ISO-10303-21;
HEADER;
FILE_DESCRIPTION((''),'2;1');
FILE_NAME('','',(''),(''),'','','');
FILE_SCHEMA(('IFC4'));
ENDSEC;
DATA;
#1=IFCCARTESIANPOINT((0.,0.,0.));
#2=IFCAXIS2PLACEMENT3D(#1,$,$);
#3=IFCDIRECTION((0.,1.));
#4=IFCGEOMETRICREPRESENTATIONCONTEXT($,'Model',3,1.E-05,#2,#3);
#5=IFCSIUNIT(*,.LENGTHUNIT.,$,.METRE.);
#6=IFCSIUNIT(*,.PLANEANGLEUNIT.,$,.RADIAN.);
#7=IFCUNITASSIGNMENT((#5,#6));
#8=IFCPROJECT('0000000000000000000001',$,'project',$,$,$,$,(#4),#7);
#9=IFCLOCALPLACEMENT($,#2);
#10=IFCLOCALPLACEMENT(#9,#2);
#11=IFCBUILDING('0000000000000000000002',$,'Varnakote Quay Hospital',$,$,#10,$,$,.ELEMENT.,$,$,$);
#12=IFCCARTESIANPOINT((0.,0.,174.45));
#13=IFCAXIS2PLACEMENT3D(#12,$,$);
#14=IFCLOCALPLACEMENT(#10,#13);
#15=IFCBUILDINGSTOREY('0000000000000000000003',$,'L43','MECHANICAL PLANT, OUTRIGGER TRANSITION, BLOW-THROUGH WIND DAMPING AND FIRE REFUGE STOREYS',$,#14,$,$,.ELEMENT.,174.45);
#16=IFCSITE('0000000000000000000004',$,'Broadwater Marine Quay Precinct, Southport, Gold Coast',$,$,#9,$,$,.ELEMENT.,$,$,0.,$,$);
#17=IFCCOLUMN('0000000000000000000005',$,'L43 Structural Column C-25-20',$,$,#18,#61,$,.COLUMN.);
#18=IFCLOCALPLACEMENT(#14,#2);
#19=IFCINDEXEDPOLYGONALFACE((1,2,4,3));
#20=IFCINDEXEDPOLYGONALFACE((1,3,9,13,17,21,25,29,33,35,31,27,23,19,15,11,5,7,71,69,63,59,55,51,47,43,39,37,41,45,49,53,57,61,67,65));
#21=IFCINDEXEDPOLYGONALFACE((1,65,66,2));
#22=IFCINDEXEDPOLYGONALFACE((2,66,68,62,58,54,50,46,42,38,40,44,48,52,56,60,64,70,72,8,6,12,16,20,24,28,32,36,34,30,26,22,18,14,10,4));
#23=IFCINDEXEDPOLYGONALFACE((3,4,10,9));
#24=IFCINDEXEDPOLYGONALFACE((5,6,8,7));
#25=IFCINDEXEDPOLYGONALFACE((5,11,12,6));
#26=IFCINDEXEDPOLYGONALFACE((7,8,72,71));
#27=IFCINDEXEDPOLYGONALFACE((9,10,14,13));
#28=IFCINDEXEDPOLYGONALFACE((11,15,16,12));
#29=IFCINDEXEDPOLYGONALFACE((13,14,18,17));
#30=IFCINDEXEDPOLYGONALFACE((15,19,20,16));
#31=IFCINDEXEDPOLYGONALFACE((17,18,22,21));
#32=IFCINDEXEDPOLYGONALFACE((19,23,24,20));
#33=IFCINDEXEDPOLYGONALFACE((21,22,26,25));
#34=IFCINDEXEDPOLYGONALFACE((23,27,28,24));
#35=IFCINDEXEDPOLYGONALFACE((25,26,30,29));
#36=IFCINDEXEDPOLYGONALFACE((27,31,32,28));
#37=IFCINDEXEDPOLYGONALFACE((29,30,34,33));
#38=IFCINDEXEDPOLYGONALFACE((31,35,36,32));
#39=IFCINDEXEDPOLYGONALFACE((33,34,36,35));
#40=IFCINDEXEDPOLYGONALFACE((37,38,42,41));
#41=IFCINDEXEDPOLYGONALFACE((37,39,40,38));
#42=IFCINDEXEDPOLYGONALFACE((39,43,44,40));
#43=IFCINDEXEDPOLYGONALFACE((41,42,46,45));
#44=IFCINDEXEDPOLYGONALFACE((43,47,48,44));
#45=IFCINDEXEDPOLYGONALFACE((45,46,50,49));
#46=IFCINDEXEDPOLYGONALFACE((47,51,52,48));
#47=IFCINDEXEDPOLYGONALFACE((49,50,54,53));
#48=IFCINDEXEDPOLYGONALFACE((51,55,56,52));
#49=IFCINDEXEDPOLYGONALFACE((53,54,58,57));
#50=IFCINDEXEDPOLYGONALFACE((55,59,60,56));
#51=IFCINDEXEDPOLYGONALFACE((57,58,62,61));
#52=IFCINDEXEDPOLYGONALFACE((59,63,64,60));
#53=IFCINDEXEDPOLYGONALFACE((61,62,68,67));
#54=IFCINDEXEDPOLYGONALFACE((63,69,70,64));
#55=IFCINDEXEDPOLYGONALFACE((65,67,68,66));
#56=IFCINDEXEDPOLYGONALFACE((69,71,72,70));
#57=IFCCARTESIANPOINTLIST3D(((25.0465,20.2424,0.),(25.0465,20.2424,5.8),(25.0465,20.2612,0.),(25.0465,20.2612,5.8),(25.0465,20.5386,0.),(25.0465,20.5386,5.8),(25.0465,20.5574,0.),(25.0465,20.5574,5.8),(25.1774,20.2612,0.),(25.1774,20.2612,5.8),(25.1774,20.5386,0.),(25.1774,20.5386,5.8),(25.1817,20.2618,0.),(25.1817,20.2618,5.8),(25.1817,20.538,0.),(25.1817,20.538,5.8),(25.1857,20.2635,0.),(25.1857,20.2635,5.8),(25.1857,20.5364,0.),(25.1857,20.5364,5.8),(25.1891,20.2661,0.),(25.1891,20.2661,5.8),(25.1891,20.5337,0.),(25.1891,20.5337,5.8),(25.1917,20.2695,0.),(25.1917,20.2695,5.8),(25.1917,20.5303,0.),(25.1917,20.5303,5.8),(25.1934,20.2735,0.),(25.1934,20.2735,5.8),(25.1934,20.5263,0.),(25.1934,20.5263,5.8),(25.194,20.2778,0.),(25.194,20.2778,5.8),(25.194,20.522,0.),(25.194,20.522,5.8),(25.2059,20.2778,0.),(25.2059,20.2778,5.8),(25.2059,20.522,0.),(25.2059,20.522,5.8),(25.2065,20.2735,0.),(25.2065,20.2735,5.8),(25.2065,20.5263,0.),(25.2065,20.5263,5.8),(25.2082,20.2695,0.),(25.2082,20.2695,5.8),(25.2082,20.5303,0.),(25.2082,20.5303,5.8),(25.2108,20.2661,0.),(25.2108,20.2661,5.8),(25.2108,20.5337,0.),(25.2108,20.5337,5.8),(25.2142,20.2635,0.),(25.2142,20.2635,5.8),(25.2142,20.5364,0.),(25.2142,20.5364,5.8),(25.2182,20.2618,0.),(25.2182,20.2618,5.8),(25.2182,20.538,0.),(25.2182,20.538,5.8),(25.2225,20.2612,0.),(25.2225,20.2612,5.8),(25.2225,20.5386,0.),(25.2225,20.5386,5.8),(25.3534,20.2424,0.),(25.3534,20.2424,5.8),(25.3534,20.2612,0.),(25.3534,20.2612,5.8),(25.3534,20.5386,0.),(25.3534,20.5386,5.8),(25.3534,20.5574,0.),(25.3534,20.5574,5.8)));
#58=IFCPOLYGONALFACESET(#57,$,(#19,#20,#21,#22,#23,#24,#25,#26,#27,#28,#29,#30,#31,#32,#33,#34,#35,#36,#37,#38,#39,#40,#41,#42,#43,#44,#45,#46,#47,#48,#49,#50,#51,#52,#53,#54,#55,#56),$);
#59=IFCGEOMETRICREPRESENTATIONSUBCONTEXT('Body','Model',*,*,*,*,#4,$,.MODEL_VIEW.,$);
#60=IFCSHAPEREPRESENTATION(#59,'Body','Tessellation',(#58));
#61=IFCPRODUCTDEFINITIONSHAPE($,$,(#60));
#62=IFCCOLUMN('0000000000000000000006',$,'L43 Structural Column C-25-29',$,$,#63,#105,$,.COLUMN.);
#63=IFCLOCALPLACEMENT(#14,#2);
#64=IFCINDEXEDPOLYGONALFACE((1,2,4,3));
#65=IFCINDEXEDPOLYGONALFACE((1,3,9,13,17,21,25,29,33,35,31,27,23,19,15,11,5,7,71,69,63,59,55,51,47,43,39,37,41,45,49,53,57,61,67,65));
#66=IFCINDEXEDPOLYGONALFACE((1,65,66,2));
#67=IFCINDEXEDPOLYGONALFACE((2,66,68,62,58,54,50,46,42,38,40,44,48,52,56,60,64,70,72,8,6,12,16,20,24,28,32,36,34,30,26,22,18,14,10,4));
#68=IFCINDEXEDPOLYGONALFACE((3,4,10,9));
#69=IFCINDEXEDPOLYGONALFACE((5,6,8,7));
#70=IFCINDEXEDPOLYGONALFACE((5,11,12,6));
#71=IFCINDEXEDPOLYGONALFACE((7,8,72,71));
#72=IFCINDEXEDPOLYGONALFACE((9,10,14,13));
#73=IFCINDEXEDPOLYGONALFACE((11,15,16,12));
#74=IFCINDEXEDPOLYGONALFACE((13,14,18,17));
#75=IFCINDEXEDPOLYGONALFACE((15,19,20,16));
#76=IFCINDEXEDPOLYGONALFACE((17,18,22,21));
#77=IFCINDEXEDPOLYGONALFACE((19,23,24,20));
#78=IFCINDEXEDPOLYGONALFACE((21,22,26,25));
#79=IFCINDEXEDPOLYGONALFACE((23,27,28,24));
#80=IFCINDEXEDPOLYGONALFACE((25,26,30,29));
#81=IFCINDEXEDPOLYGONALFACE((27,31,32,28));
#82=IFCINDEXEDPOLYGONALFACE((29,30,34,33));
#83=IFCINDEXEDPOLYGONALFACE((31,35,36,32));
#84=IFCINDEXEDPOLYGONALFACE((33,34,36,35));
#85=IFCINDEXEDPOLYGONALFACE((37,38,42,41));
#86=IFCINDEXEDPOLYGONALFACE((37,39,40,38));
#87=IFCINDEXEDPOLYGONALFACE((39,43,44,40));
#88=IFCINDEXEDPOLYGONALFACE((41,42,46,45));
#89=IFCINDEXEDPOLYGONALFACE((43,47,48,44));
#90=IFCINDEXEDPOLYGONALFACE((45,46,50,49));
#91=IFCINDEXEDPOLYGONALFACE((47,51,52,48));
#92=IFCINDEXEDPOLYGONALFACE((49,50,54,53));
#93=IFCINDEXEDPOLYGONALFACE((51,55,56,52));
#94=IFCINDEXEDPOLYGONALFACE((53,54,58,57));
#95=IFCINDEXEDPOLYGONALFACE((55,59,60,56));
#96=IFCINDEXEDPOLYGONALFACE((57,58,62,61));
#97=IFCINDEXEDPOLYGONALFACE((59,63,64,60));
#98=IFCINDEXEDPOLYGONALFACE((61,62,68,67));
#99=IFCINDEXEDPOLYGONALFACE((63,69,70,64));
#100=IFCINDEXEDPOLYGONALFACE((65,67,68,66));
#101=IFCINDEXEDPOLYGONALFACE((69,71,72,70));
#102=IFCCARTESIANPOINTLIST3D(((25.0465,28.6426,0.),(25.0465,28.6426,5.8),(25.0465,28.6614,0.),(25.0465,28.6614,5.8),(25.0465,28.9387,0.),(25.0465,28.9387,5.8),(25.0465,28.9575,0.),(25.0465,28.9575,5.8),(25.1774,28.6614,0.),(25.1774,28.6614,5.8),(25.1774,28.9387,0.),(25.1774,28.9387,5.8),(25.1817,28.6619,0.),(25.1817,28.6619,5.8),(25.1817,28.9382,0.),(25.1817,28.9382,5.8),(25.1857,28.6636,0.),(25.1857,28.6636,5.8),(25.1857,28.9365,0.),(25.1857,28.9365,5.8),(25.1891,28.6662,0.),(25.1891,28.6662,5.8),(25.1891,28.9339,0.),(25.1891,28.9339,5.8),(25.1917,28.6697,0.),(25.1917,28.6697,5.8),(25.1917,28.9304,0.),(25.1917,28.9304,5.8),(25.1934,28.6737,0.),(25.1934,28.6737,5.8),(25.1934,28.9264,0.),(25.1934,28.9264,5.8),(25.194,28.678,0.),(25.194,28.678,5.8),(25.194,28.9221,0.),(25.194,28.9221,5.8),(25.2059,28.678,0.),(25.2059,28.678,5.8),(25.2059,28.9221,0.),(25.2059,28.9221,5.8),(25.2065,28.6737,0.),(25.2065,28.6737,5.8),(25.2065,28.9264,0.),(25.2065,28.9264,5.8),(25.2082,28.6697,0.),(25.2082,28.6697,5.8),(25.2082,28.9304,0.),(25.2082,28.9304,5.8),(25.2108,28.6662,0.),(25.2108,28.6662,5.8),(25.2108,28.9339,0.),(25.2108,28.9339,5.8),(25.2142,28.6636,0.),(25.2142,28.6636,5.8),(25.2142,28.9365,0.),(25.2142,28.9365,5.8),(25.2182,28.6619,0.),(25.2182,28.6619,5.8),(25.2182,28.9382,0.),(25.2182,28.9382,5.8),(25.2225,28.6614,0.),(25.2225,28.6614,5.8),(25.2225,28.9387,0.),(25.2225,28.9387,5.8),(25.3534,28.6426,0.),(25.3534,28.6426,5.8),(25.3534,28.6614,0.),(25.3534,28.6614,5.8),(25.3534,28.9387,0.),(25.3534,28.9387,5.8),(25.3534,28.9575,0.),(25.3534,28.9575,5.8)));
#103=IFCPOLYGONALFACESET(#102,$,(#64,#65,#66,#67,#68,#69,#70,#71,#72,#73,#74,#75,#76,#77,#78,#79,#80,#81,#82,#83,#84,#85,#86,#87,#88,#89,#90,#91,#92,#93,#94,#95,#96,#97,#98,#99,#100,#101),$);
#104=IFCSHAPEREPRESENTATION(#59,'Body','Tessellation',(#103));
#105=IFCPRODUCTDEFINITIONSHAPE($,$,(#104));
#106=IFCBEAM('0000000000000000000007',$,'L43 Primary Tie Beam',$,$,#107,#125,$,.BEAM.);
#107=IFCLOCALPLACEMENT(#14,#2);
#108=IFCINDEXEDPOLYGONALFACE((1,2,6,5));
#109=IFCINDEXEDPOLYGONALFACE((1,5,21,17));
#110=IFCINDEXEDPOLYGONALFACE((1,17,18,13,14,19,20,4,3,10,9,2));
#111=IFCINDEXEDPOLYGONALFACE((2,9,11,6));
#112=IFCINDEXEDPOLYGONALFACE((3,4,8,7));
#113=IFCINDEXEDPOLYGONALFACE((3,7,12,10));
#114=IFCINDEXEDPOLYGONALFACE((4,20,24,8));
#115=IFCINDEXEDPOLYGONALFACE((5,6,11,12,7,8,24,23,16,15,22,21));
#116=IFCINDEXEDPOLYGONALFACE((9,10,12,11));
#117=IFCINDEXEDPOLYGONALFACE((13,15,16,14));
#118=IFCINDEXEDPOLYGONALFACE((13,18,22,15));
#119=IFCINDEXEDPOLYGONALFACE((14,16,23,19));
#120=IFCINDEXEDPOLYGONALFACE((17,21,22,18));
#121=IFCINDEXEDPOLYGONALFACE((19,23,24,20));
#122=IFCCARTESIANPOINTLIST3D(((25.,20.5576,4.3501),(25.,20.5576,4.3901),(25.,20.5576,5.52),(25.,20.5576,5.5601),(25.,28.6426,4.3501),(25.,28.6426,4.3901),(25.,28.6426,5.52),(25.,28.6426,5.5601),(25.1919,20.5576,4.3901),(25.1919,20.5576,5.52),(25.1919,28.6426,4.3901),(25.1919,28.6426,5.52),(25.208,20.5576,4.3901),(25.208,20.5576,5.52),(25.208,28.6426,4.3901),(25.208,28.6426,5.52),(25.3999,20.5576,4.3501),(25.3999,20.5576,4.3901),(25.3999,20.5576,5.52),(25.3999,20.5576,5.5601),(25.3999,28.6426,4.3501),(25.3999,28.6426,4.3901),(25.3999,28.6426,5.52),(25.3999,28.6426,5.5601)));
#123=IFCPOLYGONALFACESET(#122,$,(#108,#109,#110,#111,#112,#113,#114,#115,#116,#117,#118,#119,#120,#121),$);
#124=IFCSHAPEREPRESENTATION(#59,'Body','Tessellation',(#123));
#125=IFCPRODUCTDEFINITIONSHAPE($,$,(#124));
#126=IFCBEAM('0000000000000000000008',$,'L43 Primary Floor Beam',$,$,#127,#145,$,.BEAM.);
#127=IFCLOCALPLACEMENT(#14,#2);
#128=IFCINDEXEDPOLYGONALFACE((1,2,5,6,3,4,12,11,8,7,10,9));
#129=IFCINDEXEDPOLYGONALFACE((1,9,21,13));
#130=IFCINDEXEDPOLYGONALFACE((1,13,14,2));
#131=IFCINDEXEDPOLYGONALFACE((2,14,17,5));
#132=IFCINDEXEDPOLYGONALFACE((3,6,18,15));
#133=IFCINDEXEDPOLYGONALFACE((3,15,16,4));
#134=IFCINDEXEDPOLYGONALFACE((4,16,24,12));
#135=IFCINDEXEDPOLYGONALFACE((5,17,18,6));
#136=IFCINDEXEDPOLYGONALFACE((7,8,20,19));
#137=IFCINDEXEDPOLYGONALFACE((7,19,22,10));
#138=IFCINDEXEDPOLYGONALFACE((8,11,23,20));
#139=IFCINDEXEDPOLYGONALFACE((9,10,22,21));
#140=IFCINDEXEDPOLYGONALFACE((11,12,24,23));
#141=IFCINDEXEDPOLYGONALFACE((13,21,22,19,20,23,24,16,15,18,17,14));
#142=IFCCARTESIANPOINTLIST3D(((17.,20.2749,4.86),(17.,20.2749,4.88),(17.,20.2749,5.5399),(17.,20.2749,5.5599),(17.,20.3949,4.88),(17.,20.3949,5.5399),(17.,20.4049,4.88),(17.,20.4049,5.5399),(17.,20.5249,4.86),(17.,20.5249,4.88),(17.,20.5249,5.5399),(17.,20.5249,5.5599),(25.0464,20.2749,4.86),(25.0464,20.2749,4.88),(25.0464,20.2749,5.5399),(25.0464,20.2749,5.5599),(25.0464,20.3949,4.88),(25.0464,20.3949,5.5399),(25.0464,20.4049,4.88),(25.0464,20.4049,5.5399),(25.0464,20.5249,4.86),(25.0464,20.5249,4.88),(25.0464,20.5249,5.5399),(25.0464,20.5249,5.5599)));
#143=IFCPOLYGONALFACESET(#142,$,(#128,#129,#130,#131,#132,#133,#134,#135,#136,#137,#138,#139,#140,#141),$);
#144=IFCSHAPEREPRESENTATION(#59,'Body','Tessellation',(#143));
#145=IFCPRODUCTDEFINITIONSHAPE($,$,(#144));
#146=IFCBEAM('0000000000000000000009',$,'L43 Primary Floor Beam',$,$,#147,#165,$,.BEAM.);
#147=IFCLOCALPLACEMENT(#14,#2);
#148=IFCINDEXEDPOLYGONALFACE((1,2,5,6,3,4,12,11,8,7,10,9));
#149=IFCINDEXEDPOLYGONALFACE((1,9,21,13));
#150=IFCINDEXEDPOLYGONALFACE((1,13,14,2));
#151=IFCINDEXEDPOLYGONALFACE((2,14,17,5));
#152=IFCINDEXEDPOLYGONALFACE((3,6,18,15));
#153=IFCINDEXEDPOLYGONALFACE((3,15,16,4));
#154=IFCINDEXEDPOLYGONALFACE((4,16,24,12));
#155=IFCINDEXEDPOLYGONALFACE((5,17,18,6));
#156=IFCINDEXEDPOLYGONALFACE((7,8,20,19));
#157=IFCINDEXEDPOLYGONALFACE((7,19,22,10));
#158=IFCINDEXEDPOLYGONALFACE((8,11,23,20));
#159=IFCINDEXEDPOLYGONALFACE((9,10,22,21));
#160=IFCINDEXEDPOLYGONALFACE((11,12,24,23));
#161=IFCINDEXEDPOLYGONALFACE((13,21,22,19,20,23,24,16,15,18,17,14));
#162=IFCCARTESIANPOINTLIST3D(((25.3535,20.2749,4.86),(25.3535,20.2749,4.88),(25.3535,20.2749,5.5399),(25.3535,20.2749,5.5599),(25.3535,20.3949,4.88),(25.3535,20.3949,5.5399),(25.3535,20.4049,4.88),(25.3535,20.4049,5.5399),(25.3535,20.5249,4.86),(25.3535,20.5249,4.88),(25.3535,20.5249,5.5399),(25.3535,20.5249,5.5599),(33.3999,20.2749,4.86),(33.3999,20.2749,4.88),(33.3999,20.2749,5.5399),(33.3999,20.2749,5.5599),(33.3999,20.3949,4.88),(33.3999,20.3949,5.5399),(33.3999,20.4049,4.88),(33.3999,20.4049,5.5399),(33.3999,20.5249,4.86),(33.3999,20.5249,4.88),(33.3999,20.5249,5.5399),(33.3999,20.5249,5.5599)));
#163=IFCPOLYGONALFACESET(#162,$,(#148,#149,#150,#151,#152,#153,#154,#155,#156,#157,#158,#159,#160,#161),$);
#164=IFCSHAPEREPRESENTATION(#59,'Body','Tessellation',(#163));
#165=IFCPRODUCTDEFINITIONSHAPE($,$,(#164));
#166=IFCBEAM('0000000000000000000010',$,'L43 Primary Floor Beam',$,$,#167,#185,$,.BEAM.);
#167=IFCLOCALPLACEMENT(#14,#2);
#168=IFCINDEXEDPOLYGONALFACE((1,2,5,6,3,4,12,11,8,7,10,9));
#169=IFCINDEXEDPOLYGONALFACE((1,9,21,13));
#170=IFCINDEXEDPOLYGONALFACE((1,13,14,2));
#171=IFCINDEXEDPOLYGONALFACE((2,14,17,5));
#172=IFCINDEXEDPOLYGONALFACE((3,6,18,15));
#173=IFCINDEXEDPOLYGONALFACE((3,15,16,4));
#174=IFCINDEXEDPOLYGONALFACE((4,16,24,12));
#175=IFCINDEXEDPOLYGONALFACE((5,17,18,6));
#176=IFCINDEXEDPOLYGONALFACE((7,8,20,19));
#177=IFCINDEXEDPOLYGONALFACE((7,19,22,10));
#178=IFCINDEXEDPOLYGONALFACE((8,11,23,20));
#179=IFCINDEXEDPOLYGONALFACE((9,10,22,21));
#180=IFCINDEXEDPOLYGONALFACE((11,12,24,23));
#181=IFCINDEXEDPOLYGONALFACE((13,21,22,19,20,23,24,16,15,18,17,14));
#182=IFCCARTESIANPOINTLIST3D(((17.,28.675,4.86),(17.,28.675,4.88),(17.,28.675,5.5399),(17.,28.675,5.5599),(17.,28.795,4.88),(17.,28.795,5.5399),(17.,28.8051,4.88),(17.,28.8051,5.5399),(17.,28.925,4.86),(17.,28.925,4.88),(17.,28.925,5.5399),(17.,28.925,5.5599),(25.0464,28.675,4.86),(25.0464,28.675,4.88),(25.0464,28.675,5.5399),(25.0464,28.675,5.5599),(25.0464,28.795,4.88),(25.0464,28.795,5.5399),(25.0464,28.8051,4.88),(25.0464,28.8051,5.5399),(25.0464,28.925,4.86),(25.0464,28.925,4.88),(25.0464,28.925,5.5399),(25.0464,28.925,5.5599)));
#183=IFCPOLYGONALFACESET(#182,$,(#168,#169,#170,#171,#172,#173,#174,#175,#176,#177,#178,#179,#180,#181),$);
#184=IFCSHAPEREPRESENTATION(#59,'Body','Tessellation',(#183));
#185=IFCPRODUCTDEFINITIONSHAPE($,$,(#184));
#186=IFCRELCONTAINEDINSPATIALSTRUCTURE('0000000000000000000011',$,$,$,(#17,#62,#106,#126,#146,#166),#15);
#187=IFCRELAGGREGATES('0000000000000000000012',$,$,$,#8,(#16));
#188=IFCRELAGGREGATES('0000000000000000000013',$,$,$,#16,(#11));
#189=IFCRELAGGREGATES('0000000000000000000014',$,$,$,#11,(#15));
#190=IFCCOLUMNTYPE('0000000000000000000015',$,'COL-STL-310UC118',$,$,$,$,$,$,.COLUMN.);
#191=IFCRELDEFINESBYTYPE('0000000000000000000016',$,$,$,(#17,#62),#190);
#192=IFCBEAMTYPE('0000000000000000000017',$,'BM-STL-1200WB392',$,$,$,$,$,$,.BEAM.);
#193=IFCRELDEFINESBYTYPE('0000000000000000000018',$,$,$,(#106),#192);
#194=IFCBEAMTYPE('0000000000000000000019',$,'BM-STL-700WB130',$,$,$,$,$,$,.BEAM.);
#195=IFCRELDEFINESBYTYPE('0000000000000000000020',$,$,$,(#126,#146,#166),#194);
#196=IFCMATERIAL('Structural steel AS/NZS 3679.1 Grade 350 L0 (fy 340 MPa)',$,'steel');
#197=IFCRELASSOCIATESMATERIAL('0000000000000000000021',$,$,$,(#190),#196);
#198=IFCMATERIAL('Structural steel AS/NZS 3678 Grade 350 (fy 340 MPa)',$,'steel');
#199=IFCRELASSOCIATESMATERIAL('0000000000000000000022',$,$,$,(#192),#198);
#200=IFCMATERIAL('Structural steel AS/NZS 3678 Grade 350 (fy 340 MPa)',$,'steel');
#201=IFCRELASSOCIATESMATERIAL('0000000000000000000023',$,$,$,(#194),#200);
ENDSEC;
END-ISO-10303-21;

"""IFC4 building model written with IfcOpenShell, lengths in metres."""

from ifc_helpers import new_model, si_unit, direction, frame, origin, origin_2d, place, context, subcontext, project, spatial, i_section, extrude, material, material_profile, profile_set, type_object, element, save


model = new_model("IFC4")

# Units and contexts
model_context = context("Model", 3, precision=1e-05, world=origin(), true_north=direction((0.0, 1.0)))
body_context = subcontext(model_context, "Body", "Model", "MODEL_VIEW")
ifc_project = project(units=[si_unit("LENGTHUNIT", "METRE"), si_unit("PLANEANGLEUNIT", "RADIAN")], contexts=[model_context])

# Site, building, storey
site_placement = place(None, origin())
site = spatial("IfcSite", under=ifc_project, at=site_placement, Name="Broadwater Marine Quay Precinct, Southport, Gold Coast", CompositionType="ELEMENT", RefElevation=0.0)
building_placement = place(site_placement, origin())
building = spatial("IfcBuilding", under=site, at=building_placement, Name="Varnakote Quay Hospital", CompositionType="ELEMENT")
storey_placement = place(building_placement, frame((0.0, 0.0, 174.45)))
storey = spatial("IfcBuildingStorey", under=building, at=storey_placement, Name="L43", Description="MECHANICAL PLANT, OUTRIGGER TRANSITION, BLOW-THROUGH WIND DAMPING AND FIRE REFUGE STOREYS", CompositionType="ELEMENT", Elevation=174.45)

# Columns
ifc_material_1 = material(Name="Structural steel AS/NZS 3679.1 Grade 350 L0 (fy 340 MPa)", Category="steel")
ifc_material_profile_1 = material_profile(ifc_material_1, i_section(OverallWidth=0.3069, OverallDepth=0.3149, WebThickness=0.012, FlangeThickness=0.0188, FilletRadius=0.0166, at=origin_2d()), Name="310UC118")
ifc_profile_set_1 = profile_set([ifc_material_profile_1], Name="Structural steel AS/NZS 3679.1 Grade 350 L0 (fy 340 MPa)")
column_type = type_object("IfcColumnType", Name="COL-STL-310UC118", PredefinedType="COLUMN", material=ifc_profile_set_1)
for number, where, z_axis, x_axis, name in (
    (1, (25.2, 20.3999, 0.0), (0.0, 0.0, 1.0), (1.0, 0.0, 0.0), "L43 Structural Column C-25-20"),
    (2, (25.2, 28.8, 0.0), (0.0, 0.0, 1.0), (1.0, 0.0, 0.0), "L43 Structural Column C-25-29"),
):
    element("IfcColumn", number, at=place(storey_placement, frame(where, z_axis=z_axis, x_axis=x_axis)), inside=storey, type_object=column_type, Name=name, PredefinedType="COLUMN", context=body_context, shape_type="SweptSolid", body=[
        extrude(i_section(OverallWidth=0.3069, OverallDepth=0.3149, WebThickness=0.012, FlangeThickness=0.0188, FilletRadius=0.0166, at=origin_2d()), origin(), (0.0, 0.0, 1.0), 5.8),
    ])

# Beams
ifc_material_2 = material(Name="Structural steel AS/NZS 3678 Grade 350 (fy 340 MPa)", Category="steel")
ifc_material_profile_2 = material_profile(ifc_material_2, i_section(OverallWidth=0.3999, OverallDepth=1.21, WebThickness=0.0161, FlangeThickness=0.04, at=origin_2d()), Name="1200WB392")
ifc_profile_set_2 = profile_set([ifc_material_profile_2], Name="Structural steel AS/NZS 3678 Grade 350 (fy 340 MPa)")
beam_type_1 = type_object("IfcBeamType", Name="BM-STL-1200WB392", PredefinedType="BEAM", material=ifc_profile_set_2)
beam_1_placement = place(storey_placement, frame((25.2, 20.5576, 4.9551), z_axis=(0.0, 1.0, 0.0), x_axis=(-1.0, 0.0, 0.0)))
element("IfcBeam", 3, at=beam_1_placement, inside=storey, type_object=beam_type_1, Name="L43 Primary Tie Beam", PredefinedType="BEAM", context=body_context, shape_type="SweptSolid", body=[
    extrude(i_section(OverallWidth=0.3999, OverallDepth=1.21, WebThickness=0.0161, FlangeThickness=0.04, at=origin_2d()), origin(), (0.0, 0.0, 1.0), 8.085),
])
ifc_material_3 = material(Name="Structural steel AS/NZS 3678 Grade 350 (fy 340 MPa)", Category="steel")
ifc_material_profile_3 = material_profile(ifc_material_3, i_section(OverallWidth=0.25, OverallDepth=0.7, WebThickness=0.01, FlangeThickness=0.02, at=origin_2d()), Name="700WB130")
ifc_profile_set_3 = profile_set([ifc_material_profile_3], Name="Structural steel AS/NZS 3678 Grade 350 (fy 340 MPa)")
beam_type_2 = type_object("IfcBeamType", Name="BM-STL-700WB130", PredefinedType="BEAM", material=ifc_profile_set_3)
for number, where, z_axis, x_axis, name in (
    (4, (17.0, 20.3999, 5.21), (1.0, 0.0, 0.0), (0.0, 1.0, 0.0), "L43 Primary Floor Beam"),
    (5, (25.3535, 20.3999, 5.21), (1.0, 0.0, 0.0), (0.0, 1.0, 0.0), "L43 Primary Floor Beam"),
    (6, (17.0, 28.8, 5.21), (1.0, 0.0, 0.0), (0.0, 1.0, 0.0), "L43 Primary Floor Beam"),
):
    element("IfcBeam", number, at=place(storey_placement, frame(where, z_axis=z_axis, x_axis=x_axis)), inside=storey, type_object=beam_type_2, Name=name, PredefinedType="BEAM", context=body_context, shape_type="SweptSolid", body=[
        extrude(i_section(OverallWidth=0.25, OverallDepth=0.7, WebThickness=0.01, FlangeThickness=0.02, at=origin_2d()), origin(), (0.0, 0.0, 1.0), 8.0464),
    ])

save(model, "model.ifc")
